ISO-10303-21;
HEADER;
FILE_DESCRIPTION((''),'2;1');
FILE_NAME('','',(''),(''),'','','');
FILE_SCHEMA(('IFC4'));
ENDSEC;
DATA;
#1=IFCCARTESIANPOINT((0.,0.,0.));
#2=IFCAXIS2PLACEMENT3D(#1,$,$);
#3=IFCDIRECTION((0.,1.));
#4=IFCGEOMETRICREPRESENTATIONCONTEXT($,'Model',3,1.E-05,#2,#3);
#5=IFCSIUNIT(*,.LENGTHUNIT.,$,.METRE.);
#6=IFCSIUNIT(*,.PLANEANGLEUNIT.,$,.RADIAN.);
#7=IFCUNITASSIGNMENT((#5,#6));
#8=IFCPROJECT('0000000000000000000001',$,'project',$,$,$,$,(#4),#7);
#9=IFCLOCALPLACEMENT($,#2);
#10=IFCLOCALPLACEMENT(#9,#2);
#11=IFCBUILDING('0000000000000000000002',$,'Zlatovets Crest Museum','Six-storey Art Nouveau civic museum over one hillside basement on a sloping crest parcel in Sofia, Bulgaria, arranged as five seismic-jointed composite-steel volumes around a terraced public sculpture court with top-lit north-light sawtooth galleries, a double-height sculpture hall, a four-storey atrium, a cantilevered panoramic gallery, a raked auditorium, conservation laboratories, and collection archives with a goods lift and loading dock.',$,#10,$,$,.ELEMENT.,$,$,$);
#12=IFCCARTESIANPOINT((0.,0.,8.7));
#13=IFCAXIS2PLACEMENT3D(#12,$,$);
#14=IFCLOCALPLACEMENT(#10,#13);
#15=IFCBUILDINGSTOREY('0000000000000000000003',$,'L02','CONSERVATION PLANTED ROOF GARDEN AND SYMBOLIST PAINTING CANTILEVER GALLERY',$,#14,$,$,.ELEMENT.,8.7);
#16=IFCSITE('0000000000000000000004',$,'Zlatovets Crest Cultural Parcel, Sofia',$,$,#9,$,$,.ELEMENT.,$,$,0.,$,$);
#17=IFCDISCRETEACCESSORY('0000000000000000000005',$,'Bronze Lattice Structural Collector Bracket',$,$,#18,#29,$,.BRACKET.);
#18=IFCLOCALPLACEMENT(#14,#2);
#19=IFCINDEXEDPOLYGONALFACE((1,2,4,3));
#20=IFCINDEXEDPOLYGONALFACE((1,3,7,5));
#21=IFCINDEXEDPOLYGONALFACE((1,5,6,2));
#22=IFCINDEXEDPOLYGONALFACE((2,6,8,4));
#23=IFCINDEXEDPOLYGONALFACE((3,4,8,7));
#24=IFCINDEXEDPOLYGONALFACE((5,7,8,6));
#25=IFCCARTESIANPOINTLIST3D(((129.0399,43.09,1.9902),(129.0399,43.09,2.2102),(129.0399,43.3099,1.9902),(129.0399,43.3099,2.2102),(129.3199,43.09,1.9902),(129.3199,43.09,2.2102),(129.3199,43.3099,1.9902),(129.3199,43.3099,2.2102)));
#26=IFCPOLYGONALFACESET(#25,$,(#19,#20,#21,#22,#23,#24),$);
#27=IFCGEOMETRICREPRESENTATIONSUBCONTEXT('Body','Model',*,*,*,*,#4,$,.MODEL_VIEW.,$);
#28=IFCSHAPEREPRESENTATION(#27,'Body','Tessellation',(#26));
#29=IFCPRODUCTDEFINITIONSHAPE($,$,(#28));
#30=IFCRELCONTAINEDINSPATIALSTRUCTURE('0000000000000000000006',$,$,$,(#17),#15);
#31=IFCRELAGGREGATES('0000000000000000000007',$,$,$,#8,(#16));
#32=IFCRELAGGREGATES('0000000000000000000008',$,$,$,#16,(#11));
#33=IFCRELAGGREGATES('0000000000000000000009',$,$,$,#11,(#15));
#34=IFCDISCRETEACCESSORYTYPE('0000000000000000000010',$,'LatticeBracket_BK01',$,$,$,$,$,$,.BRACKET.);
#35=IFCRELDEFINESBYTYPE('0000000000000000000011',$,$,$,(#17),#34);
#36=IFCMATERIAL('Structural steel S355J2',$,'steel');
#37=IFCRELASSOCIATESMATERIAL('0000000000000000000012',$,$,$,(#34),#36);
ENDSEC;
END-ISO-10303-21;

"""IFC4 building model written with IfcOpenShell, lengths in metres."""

from ifc_helpers import new_model, si_unit, direction, frame, origin, origin_2d, place, context, subcontext, project, spatial, rectangle, extrude, material, type_object, element, save


model = new_model("IFC4")

# Units and contexts
model_context = context("Model", 3, precision=1e-05, world=origin(), true_north=direction((0.0, 1.0)))
body_context = subcontext(model_context, "Body", "Model", "MODEL_VIEW")
ifc_project = project(units=[si_unit("LENGTHUNIT", "METRE"), si_unit("PLANEANGLEUNIT", "RADIAN")], contexts=[model_context])

# Site, building, storey
site_placement = place(None, origin())
site = spatial("IfcSite", under=ifc_project, at=site_placement, Name="Zlatovets Crest Cultural Parcel, Sofia", CompositionType="ELEMENT", RefElevation=0.0)
building_placement = place(site_placement, origin())
building = spatial("IfcBuilding", under=site, at=building_placement, Name="Zlatovets Crest Museum", Description="Six-storey Art Nouveau civic museum over one hillside basement on a sloping crest parcel in Sofia, Bulgaria, arranged as five seismic-jointed composite-steel volumes around a terraced public sculpture court with top-lit north-light sawtooth galleries, a double-height sculpture hall, a four-storey atrium, a cantilevered panoramic gallery, a raked auditorium, conservation laboratories, and collection archives with a goods lift and loading dock.", CompositionType="ELEMENT")
storey_placement = place(building_placement, frame((0.0, 0.0, 8.7)))
storey = spatial("IfcBuildingStorey", under=building, at=storey_placement, Name="L02", Description="CONSERVATION PLANTED ROOF GARDEN AND SYMBOLIST PAINTING CANTILEVER GALLERY", CompositionType="ELEMENT", Elevation=8.7)

# Shared definitions
ifc_material_1 = material(Name="Structural steel S355J2", Category="steel")

# Discrete accessory
discrete_accessory_type = type_object("IfcDiscreteAccessoryType", Name="LatticeBracket_BK01", PredefinedType="BRACKET", material=ifc_material_1)
discrete_accessory_placement = place(storey_placement, frame((129.1799, 43.2, 1.9902), z_axis=(0.0, 0.0, 1.0), x_axis=(1.0, 0.0, 0.0)))
element("IfcDiscreteAccessory", 1, at=discrete_accessory_placement, inside=storey, type_object=discrete_accessory_type, Name="Bronze Lattice Structural Collector Bracket", PredefinedType="BRACKET", context=body_context, shape_type="SweptSolid", body=[
    extrude(rectangle(XDim=0.28, YDim=0.22, at=origin_2d()), origin(), (0.0, 0.0, 1.0), 0.22),
])

save(model, "model.ifc")
